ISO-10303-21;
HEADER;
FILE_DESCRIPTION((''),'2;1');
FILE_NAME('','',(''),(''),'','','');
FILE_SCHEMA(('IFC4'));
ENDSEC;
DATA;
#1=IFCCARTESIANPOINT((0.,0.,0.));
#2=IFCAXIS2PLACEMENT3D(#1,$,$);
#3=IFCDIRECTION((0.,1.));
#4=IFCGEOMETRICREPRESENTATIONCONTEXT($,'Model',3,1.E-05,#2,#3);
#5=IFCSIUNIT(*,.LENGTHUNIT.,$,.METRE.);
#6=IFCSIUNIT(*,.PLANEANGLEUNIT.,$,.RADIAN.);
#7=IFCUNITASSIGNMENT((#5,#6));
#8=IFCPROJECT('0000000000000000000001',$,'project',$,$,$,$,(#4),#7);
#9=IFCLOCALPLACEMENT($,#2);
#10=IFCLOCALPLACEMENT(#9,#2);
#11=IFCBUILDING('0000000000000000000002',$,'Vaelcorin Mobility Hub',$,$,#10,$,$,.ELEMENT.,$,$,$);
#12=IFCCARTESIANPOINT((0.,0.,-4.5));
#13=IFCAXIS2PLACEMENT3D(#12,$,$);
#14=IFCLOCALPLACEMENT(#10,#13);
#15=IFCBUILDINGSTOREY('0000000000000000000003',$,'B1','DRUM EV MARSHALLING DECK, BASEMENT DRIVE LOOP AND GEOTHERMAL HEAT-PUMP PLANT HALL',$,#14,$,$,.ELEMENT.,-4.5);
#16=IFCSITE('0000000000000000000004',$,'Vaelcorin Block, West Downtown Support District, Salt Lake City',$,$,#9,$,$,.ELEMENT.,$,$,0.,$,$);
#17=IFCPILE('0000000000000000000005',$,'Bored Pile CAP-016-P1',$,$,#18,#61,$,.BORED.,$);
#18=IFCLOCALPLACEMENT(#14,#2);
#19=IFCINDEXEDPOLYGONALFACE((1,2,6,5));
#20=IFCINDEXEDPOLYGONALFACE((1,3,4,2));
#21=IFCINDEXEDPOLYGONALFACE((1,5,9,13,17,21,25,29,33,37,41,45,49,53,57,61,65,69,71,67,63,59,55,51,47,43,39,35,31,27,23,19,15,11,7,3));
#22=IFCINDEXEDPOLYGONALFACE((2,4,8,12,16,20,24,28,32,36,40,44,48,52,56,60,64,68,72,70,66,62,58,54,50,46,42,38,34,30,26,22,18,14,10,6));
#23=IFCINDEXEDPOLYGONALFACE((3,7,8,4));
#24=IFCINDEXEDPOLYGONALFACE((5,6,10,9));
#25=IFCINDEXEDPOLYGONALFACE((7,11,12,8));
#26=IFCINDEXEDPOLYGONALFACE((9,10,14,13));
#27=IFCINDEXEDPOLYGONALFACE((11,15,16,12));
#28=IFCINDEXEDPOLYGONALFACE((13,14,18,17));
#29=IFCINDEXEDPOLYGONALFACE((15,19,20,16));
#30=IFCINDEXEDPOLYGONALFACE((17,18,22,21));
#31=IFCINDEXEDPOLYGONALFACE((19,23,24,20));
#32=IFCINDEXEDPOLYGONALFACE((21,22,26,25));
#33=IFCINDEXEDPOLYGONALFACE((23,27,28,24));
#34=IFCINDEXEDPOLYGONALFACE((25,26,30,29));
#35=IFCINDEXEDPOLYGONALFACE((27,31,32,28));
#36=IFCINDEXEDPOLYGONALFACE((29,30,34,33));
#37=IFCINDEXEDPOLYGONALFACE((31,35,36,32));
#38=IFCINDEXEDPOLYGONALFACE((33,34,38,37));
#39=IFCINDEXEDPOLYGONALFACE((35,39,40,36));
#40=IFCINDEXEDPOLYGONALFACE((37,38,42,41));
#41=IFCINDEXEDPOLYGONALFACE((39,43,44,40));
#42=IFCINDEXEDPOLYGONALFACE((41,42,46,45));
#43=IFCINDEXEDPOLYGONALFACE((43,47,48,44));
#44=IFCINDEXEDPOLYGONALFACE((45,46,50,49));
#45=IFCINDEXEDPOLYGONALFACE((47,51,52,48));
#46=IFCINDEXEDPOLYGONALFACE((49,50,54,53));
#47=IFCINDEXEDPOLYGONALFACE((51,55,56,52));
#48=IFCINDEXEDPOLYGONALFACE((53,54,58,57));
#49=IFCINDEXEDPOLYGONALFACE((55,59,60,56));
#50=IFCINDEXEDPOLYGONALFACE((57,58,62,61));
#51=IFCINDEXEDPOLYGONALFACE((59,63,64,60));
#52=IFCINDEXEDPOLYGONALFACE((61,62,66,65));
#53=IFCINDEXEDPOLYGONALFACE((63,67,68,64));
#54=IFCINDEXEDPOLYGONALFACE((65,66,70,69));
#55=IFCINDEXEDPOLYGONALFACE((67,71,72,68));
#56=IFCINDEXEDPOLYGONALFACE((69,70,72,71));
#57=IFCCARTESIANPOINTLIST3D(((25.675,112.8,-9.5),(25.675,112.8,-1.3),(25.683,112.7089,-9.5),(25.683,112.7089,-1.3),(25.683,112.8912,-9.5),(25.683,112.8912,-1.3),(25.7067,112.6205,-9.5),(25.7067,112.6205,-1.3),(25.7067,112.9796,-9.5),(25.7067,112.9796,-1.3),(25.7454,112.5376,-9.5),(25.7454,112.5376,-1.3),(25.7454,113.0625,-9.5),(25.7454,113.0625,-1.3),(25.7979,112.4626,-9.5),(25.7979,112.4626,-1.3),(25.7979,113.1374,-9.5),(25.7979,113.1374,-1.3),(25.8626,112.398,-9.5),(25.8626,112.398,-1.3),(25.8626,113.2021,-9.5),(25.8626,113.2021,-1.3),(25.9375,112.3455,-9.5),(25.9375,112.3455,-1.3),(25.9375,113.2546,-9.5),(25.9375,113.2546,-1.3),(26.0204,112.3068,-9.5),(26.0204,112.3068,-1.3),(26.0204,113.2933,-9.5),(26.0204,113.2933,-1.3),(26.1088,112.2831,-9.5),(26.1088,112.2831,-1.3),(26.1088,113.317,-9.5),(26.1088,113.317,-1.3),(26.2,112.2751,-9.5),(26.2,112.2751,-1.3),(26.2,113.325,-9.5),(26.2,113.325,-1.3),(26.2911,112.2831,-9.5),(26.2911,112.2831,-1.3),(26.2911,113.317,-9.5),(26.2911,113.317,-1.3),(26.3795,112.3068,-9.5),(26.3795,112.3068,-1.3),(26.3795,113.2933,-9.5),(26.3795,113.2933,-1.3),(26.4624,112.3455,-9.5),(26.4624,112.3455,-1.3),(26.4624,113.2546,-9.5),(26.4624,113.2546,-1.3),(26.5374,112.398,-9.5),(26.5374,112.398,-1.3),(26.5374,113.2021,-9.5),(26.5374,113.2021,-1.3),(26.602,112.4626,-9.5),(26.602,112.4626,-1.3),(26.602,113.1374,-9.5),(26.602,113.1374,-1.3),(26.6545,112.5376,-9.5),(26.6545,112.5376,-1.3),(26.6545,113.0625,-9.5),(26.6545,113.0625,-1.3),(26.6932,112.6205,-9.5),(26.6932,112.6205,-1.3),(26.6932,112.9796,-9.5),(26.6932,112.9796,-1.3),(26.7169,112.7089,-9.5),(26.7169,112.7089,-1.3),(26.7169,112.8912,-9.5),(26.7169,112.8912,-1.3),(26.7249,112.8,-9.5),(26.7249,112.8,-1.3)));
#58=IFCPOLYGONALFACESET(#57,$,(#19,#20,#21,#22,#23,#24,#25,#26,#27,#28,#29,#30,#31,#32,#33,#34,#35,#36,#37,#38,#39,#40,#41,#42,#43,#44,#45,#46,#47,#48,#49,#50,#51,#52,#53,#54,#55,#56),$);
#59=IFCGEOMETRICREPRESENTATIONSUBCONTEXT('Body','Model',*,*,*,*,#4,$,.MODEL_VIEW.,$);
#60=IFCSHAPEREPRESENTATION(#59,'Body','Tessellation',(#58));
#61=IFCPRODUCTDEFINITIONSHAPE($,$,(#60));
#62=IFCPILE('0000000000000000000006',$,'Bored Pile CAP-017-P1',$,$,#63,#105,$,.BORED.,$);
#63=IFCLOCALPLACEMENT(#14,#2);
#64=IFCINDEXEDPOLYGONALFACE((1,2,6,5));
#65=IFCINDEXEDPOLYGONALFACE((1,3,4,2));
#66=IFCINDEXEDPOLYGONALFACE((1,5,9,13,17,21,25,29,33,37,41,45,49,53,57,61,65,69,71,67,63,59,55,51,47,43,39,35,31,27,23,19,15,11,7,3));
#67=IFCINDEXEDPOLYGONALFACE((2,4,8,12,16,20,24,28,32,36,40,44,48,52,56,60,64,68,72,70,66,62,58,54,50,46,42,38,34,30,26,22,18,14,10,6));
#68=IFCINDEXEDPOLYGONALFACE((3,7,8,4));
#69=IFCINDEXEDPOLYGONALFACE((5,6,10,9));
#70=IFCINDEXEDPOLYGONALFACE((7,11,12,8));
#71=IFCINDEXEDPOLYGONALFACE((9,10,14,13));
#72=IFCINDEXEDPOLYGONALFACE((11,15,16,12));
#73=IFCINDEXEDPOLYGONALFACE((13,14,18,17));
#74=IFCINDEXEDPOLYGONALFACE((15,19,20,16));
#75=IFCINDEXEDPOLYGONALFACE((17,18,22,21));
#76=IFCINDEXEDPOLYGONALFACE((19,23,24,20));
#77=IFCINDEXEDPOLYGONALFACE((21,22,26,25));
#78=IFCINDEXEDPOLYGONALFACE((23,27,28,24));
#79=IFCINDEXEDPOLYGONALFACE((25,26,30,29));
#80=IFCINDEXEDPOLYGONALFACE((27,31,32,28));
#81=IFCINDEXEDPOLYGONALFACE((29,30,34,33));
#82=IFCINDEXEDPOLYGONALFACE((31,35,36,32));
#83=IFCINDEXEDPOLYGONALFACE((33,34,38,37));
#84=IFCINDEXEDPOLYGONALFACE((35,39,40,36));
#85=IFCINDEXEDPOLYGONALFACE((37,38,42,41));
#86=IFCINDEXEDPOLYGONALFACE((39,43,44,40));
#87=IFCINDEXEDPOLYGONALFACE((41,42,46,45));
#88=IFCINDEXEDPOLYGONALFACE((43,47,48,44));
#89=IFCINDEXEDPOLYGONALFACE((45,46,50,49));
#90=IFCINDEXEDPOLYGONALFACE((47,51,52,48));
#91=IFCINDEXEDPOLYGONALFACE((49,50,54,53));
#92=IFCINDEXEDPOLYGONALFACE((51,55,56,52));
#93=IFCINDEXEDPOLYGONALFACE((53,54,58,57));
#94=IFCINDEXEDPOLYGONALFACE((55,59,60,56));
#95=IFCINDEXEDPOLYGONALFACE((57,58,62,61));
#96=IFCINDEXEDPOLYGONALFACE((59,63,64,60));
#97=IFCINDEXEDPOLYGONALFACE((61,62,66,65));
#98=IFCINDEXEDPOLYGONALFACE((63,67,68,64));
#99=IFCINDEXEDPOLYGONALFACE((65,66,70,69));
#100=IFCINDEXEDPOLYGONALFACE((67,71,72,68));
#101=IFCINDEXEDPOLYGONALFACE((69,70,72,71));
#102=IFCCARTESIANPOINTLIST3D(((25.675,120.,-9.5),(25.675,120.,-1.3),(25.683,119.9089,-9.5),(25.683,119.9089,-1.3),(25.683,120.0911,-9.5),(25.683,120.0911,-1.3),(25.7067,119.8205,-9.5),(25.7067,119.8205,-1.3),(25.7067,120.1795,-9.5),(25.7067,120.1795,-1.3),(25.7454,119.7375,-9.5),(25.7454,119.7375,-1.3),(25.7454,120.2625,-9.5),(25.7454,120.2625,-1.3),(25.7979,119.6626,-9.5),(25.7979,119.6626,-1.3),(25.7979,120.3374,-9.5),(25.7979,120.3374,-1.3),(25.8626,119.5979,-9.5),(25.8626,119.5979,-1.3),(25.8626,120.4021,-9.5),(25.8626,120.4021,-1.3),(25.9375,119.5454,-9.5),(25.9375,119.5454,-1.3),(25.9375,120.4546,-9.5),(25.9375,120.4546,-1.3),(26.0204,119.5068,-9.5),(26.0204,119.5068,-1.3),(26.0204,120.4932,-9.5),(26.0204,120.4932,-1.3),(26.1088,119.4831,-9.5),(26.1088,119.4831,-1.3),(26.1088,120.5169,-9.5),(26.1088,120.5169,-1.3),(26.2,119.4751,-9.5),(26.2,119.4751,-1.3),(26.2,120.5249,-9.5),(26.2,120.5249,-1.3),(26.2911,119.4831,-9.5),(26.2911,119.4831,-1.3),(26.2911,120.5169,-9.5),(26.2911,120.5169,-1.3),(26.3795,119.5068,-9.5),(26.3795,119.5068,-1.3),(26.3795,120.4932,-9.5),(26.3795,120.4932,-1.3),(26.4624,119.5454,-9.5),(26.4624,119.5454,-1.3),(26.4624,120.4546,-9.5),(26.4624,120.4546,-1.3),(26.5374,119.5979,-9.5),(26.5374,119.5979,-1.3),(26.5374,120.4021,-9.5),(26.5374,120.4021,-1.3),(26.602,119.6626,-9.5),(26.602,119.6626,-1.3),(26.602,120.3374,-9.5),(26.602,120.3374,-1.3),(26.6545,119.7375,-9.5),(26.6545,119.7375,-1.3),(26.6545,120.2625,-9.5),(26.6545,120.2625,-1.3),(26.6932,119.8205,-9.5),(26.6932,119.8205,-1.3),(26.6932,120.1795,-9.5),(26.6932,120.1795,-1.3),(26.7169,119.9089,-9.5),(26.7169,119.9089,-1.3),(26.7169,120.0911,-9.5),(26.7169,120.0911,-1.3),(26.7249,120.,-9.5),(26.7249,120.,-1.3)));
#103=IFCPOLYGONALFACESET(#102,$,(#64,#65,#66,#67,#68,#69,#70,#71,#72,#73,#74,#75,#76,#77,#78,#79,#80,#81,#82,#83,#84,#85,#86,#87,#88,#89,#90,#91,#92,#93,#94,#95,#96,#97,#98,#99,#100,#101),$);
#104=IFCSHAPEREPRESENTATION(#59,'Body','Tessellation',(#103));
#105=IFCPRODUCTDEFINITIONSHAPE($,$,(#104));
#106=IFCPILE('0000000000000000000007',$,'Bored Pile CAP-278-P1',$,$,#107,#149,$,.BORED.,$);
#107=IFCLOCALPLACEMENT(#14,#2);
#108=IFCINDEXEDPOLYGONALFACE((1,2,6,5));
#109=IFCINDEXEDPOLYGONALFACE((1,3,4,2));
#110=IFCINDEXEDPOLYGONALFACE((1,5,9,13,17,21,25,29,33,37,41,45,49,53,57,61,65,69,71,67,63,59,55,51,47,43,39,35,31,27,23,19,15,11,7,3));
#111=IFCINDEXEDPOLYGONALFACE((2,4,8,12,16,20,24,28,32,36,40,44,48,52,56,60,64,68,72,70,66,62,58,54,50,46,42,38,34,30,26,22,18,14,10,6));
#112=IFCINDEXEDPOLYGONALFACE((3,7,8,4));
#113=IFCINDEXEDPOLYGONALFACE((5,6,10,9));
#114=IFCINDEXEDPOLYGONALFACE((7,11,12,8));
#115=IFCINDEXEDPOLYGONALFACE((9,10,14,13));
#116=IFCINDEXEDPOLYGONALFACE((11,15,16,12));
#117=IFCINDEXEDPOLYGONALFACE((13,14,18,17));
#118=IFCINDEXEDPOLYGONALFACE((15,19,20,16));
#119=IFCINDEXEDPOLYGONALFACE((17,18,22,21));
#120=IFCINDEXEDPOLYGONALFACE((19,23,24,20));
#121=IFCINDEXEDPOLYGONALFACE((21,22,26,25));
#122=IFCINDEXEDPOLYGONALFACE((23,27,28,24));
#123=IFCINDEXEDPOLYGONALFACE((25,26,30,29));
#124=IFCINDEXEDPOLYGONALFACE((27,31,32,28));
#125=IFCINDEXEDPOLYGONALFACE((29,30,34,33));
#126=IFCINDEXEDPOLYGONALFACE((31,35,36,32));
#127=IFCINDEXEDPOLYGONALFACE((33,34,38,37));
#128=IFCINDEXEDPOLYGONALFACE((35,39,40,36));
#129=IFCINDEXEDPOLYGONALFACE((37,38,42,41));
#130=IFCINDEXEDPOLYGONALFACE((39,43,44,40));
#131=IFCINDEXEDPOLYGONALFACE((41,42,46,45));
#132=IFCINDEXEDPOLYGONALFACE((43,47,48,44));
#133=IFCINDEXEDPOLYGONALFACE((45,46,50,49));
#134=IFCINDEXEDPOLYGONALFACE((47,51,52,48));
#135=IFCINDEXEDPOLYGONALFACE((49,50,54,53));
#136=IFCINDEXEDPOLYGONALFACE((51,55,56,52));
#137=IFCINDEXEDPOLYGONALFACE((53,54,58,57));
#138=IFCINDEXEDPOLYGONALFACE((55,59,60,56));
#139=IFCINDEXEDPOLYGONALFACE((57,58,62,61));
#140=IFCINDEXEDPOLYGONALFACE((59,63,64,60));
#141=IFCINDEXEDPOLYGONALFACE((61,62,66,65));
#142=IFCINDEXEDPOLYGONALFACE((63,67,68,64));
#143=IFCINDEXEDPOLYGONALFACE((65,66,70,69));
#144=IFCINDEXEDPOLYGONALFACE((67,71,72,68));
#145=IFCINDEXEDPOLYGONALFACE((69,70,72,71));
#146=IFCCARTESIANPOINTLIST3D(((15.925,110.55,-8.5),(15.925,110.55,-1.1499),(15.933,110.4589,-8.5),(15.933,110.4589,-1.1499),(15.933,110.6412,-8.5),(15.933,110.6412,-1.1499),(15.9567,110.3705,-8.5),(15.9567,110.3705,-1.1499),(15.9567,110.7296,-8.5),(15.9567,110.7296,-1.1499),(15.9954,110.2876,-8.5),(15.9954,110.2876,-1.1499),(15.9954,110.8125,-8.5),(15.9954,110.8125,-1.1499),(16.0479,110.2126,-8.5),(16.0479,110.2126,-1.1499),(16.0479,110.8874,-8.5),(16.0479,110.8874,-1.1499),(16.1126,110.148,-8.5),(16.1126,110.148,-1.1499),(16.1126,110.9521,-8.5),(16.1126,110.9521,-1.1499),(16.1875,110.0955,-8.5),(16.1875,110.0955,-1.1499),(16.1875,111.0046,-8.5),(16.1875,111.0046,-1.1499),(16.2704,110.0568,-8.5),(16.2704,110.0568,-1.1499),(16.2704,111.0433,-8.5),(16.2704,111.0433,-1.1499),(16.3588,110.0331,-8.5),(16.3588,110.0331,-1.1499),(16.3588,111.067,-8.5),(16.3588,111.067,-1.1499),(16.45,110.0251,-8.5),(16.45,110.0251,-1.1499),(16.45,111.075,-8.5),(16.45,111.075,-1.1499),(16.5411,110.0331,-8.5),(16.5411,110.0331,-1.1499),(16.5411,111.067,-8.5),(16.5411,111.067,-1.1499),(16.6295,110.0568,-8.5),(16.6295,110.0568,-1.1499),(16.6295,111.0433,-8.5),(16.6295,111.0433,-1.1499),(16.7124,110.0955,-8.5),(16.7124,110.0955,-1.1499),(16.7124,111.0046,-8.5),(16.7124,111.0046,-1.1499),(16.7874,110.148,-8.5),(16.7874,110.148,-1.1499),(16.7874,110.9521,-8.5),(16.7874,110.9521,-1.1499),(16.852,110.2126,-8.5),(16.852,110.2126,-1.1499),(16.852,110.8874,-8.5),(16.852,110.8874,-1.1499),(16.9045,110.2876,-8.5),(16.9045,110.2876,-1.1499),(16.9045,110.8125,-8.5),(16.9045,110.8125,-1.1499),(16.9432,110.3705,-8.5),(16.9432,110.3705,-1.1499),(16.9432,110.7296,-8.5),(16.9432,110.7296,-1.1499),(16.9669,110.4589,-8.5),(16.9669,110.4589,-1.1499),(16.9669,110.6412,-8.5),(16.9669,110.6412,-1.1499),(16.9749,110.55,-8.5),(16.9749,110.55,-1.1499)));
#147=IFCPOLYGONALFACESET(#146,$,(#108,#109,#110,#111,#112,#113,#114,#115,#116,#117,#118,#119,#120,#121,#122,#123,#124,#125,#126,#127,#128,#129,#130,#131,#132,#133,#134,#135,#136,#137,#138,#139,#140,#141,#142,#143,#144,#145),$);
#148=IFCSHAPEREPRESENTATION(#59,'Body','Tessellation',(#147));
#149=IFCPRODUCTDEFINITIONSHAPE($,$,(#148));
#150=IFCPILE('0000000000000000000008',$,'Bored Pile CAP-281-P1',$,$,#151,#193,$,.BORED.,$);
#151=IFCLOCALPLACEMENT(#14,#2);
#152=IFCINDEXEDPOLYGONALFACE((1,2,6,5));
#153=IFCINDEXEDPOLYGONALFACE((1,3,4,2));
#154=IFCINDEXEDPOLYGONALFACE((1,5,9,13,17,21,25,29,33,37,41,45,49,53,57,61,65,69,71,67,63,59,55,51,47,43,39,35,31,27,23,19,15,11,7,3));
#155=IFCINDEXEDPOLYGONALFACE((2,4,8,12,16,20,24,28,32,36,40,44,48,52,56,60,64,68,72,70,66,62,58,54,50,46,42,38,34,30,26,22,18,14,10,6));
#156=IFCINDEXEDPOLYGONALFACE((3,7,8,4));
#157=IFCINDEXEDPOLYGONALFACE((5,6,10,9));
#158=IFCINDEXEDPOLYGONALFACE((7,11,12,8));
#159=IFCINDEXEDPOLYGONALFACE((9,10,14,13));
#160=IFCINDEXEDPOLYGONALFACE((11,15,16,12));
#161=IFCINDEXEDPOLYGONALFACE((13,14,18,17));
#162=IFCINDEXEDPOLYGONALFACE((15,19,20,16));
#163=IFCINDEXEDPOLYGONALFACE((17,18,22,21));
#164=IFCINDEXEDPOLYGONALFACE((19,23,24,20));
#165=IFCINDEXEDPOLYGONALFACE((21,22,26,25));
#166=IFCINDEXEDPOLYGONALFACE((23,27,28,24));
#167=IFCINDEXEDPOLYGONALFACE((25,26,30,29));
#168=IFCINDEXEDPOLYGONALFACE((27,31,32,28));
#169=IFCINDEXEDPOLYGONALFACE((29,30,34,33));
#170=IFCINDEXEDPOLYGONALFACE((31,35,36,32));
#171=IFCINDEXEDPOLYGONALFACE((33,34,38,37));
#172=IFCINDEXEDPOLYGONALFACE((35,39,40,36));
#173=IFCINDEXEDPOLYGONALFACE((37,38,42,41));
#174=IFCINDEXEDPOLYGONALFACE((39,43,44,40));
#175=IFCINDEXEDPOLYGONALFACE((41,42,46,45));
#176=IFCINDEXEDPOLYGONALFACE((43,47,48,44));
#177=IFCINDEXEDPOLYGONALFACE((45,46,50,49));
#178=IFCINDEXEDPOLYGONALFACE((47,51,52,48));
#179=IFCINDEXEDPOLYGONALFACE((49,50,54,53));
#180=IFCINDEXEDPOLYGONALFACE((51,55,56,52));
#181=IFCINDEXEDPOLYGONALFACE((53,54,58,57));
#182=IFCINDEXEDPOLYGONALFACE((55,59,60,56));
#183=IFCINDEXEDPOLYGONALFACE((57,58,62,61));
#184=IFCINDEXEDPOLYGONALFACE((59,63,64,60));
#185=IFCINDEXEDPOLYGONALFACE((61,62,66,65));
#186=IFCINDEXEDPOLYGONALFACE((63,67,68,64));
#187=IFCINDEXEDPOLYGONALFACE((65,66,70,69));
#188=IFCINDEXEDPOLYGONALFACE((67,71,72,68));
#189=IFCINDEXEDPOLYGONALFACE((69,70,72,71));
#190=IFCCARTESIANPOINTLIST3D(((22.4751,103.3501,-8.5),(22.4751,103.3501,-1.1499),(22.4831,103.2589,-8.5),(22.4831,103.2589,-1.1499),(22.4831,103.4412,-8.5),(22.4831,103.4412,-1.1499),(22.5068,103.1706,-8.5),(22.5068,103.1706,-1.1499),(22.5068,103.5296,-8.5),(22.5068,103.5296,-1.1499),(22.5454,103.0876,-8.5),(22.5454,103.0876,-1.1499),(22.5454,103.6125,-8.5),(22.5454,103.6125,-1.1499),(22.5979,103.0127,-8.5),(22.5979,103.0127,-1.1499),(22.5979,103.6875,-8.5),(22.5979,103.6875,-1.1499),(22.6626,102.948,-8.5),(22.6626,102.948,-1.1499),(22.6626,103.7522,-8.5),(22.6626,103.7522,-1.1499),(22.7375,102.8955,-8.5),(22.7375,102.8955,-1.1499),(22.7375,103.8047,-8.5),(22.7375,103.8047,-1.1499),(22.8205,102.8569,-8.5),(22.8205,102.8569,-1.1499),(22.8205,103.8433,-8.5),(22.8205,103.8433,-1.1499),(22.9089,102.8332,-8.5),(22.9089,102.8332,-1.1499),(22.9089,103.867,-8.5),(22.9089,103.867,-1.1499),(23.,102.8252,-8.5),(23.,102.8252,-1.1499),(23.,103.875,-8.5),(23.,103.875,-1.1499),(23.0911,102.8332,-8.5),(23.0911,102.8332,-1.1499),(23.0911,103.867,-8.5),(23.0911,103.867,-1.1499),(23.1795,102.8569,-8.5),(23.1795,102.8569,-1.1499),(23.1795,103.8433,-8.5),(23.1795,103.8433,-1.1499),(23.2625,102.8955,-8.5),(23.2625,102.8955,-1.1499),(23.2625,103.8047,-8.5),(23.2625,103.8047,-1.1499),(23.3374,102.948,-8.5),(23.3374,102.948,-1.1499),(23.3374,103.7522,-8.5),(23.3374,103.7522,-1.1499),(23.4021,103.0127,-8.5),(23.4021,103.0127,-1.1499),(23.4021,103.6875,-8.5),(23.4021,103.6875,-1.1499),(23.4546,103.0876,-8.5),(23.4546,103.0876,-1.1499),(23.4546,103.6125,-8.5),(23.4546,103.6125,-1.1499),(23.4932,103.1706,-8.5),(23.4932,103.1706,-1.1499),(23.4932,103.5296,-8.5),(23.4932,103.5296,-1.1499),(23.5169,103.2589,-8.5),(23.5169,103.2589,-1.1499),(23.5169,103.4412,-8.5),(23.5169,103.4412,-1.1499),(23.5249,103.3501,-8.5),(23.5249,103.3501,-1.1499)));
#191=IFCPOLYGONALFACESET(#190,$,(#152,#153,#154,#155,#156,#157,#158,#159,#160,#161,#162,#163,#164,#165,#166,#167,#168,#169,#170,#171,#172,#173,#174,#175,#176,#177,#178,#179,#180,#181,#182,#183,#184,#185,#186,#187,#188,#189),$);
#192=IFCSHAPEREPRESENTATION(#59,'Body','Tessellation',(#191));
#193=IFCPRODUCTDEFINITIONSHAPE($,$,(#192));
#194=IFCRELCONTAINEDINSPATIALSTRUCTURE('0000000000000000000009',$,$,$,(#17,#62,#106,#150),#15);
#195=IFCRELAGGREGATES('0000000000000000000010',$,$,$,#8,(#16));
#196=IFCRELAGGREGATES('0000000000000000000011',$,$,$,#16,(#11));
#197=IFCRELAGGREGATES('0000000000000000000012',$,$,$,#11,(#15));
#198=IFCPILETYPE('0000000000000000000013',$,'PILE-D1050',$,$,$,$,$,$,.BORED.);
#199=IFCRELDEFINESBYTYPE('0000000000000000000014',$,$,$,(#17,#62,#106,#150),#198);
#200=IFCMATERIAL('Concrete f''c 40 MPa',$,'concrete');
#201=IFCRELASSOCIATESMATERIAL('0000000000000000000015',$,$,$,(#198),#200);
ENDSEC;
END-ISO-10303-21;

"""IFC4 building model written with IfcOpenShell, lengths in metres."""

from ifc_helpers import new_model, si_unit, direction, frame, origin, origin_2d, place, context, subcontext, project, spatial, circle, extrude, material, material_profile, profile_set, type_object, element, save


model = new_model("IFC4")

# Units and contexts
model_context = context("Model", 3, precision=1e-05, world=origin(), true_north=direction((0.0, 1.0)))
body_context = subcontext(model_context, "Body", "Model", "MODEL_VIEW")
ifc_project = project(units=[si_unit("LENGTHUNIT", "METRE"), si_unit("PLANEANGLEUNIT", "RADIAN")], contexts=[model_context])

# Site, building, storey
site_placement = place(None, origin())
site = spatial("IfcSite", under=ifc_project, at=site_placement, Name="Vaelcorin Block, West Downtown Support District, Salt Lake City", CompositionType="ELEMENT", RefElevation=0.0)
building_placement = place(site_placement, origin())
building = spatial("IfcBuilding", under=site, at=building_placement, Name="Vaelcorin Mobility Hub", CompositionType="ELEMENT")
storey_placement = place(building_placement, frame((0.0, 0.0, -4.5)))
storey = spatial("IfcBuildingStorey", under=building, at=storey_placement, Name="B1", Description="DRUM EV MARSHALLING DECK, BASEMENT DRIVE LOOP AND GEOTHERMAL HEAT-PUMP PLANT HALL", CompositionType="ELEMENT", Elevation=-4.5)

# Shared definitions
ifc_material_1 = material(Name="Concrete f'c 40 MPa", Category="concrete")

# Piles
ifc_material_profile_1 = material_profile(ifc_material_1, circle(Radius=0.5249, at=origin_2d()), Name="BP-D1050")
ifc_profile_set_1 = profile_set([ifc_material_profile_1], Name="Concrete f'c 40 MPa")
pile_type = type_object("IfcPileType", Name="PILE-D1050", PredefinedType="BORED", material=ifc_profile_set_1)
for number, where, z_axis, x_axis, name in (
    (1, (26.2, 112.8, -1.3), (0.0, 0.0, -1.0), (1.0, 0.0, 0.0), "Bored Pile CAP-016-P1"),
    (2, (26.2, 120.0, -1.3), (0.0, 0.0, -1.0), (1.0, 0.0, 0.0), "Bored Pile CAP-017-P1"),
):
    element("IfcPile", number, at=place(storey_placement, frame(where, z_axis=z_axis, x_axis=x_axis)), inside=storey, type_object=pile_type, Name=name, PredefinedType="BORED", context=body_context, shape_type="SweptSolid", body=[
        extrude(circle(Radius=0.5249, at=origin_2d()), origin(), (0.0, 0.0, 1.0), 8.2),
    ])
for number, where, z_axis, x_axis, name in (
    (3, (16.45, 110.55, -1.1499), (0.0, 0.0, -1.0), (1.0, 0.0, 0.0), "Bored Pile CAP-278-P1"),
    (4, (23.0, 103.3501, -1.1499), (0.0, 0.0, -1.0), (1.0, 0.0, 0.0), "Bored Pile CAP-281-P1"),
):
    element("IfcPile", number, at=place(storey_placement, frame(where, z_axis=z_axis, x_axis=x_axis)), inside=storey, type_object=pile_type, Name=name, PredefinedType="BORED", context=body_context, shape_type="SweptSolid", body=[
        extrude(circle(Radius=0.5249, at=origin_2d()), origin(), (0.0, 0.0, 1.0), 7.3501),
    ])

save(model, "model.ifc")
